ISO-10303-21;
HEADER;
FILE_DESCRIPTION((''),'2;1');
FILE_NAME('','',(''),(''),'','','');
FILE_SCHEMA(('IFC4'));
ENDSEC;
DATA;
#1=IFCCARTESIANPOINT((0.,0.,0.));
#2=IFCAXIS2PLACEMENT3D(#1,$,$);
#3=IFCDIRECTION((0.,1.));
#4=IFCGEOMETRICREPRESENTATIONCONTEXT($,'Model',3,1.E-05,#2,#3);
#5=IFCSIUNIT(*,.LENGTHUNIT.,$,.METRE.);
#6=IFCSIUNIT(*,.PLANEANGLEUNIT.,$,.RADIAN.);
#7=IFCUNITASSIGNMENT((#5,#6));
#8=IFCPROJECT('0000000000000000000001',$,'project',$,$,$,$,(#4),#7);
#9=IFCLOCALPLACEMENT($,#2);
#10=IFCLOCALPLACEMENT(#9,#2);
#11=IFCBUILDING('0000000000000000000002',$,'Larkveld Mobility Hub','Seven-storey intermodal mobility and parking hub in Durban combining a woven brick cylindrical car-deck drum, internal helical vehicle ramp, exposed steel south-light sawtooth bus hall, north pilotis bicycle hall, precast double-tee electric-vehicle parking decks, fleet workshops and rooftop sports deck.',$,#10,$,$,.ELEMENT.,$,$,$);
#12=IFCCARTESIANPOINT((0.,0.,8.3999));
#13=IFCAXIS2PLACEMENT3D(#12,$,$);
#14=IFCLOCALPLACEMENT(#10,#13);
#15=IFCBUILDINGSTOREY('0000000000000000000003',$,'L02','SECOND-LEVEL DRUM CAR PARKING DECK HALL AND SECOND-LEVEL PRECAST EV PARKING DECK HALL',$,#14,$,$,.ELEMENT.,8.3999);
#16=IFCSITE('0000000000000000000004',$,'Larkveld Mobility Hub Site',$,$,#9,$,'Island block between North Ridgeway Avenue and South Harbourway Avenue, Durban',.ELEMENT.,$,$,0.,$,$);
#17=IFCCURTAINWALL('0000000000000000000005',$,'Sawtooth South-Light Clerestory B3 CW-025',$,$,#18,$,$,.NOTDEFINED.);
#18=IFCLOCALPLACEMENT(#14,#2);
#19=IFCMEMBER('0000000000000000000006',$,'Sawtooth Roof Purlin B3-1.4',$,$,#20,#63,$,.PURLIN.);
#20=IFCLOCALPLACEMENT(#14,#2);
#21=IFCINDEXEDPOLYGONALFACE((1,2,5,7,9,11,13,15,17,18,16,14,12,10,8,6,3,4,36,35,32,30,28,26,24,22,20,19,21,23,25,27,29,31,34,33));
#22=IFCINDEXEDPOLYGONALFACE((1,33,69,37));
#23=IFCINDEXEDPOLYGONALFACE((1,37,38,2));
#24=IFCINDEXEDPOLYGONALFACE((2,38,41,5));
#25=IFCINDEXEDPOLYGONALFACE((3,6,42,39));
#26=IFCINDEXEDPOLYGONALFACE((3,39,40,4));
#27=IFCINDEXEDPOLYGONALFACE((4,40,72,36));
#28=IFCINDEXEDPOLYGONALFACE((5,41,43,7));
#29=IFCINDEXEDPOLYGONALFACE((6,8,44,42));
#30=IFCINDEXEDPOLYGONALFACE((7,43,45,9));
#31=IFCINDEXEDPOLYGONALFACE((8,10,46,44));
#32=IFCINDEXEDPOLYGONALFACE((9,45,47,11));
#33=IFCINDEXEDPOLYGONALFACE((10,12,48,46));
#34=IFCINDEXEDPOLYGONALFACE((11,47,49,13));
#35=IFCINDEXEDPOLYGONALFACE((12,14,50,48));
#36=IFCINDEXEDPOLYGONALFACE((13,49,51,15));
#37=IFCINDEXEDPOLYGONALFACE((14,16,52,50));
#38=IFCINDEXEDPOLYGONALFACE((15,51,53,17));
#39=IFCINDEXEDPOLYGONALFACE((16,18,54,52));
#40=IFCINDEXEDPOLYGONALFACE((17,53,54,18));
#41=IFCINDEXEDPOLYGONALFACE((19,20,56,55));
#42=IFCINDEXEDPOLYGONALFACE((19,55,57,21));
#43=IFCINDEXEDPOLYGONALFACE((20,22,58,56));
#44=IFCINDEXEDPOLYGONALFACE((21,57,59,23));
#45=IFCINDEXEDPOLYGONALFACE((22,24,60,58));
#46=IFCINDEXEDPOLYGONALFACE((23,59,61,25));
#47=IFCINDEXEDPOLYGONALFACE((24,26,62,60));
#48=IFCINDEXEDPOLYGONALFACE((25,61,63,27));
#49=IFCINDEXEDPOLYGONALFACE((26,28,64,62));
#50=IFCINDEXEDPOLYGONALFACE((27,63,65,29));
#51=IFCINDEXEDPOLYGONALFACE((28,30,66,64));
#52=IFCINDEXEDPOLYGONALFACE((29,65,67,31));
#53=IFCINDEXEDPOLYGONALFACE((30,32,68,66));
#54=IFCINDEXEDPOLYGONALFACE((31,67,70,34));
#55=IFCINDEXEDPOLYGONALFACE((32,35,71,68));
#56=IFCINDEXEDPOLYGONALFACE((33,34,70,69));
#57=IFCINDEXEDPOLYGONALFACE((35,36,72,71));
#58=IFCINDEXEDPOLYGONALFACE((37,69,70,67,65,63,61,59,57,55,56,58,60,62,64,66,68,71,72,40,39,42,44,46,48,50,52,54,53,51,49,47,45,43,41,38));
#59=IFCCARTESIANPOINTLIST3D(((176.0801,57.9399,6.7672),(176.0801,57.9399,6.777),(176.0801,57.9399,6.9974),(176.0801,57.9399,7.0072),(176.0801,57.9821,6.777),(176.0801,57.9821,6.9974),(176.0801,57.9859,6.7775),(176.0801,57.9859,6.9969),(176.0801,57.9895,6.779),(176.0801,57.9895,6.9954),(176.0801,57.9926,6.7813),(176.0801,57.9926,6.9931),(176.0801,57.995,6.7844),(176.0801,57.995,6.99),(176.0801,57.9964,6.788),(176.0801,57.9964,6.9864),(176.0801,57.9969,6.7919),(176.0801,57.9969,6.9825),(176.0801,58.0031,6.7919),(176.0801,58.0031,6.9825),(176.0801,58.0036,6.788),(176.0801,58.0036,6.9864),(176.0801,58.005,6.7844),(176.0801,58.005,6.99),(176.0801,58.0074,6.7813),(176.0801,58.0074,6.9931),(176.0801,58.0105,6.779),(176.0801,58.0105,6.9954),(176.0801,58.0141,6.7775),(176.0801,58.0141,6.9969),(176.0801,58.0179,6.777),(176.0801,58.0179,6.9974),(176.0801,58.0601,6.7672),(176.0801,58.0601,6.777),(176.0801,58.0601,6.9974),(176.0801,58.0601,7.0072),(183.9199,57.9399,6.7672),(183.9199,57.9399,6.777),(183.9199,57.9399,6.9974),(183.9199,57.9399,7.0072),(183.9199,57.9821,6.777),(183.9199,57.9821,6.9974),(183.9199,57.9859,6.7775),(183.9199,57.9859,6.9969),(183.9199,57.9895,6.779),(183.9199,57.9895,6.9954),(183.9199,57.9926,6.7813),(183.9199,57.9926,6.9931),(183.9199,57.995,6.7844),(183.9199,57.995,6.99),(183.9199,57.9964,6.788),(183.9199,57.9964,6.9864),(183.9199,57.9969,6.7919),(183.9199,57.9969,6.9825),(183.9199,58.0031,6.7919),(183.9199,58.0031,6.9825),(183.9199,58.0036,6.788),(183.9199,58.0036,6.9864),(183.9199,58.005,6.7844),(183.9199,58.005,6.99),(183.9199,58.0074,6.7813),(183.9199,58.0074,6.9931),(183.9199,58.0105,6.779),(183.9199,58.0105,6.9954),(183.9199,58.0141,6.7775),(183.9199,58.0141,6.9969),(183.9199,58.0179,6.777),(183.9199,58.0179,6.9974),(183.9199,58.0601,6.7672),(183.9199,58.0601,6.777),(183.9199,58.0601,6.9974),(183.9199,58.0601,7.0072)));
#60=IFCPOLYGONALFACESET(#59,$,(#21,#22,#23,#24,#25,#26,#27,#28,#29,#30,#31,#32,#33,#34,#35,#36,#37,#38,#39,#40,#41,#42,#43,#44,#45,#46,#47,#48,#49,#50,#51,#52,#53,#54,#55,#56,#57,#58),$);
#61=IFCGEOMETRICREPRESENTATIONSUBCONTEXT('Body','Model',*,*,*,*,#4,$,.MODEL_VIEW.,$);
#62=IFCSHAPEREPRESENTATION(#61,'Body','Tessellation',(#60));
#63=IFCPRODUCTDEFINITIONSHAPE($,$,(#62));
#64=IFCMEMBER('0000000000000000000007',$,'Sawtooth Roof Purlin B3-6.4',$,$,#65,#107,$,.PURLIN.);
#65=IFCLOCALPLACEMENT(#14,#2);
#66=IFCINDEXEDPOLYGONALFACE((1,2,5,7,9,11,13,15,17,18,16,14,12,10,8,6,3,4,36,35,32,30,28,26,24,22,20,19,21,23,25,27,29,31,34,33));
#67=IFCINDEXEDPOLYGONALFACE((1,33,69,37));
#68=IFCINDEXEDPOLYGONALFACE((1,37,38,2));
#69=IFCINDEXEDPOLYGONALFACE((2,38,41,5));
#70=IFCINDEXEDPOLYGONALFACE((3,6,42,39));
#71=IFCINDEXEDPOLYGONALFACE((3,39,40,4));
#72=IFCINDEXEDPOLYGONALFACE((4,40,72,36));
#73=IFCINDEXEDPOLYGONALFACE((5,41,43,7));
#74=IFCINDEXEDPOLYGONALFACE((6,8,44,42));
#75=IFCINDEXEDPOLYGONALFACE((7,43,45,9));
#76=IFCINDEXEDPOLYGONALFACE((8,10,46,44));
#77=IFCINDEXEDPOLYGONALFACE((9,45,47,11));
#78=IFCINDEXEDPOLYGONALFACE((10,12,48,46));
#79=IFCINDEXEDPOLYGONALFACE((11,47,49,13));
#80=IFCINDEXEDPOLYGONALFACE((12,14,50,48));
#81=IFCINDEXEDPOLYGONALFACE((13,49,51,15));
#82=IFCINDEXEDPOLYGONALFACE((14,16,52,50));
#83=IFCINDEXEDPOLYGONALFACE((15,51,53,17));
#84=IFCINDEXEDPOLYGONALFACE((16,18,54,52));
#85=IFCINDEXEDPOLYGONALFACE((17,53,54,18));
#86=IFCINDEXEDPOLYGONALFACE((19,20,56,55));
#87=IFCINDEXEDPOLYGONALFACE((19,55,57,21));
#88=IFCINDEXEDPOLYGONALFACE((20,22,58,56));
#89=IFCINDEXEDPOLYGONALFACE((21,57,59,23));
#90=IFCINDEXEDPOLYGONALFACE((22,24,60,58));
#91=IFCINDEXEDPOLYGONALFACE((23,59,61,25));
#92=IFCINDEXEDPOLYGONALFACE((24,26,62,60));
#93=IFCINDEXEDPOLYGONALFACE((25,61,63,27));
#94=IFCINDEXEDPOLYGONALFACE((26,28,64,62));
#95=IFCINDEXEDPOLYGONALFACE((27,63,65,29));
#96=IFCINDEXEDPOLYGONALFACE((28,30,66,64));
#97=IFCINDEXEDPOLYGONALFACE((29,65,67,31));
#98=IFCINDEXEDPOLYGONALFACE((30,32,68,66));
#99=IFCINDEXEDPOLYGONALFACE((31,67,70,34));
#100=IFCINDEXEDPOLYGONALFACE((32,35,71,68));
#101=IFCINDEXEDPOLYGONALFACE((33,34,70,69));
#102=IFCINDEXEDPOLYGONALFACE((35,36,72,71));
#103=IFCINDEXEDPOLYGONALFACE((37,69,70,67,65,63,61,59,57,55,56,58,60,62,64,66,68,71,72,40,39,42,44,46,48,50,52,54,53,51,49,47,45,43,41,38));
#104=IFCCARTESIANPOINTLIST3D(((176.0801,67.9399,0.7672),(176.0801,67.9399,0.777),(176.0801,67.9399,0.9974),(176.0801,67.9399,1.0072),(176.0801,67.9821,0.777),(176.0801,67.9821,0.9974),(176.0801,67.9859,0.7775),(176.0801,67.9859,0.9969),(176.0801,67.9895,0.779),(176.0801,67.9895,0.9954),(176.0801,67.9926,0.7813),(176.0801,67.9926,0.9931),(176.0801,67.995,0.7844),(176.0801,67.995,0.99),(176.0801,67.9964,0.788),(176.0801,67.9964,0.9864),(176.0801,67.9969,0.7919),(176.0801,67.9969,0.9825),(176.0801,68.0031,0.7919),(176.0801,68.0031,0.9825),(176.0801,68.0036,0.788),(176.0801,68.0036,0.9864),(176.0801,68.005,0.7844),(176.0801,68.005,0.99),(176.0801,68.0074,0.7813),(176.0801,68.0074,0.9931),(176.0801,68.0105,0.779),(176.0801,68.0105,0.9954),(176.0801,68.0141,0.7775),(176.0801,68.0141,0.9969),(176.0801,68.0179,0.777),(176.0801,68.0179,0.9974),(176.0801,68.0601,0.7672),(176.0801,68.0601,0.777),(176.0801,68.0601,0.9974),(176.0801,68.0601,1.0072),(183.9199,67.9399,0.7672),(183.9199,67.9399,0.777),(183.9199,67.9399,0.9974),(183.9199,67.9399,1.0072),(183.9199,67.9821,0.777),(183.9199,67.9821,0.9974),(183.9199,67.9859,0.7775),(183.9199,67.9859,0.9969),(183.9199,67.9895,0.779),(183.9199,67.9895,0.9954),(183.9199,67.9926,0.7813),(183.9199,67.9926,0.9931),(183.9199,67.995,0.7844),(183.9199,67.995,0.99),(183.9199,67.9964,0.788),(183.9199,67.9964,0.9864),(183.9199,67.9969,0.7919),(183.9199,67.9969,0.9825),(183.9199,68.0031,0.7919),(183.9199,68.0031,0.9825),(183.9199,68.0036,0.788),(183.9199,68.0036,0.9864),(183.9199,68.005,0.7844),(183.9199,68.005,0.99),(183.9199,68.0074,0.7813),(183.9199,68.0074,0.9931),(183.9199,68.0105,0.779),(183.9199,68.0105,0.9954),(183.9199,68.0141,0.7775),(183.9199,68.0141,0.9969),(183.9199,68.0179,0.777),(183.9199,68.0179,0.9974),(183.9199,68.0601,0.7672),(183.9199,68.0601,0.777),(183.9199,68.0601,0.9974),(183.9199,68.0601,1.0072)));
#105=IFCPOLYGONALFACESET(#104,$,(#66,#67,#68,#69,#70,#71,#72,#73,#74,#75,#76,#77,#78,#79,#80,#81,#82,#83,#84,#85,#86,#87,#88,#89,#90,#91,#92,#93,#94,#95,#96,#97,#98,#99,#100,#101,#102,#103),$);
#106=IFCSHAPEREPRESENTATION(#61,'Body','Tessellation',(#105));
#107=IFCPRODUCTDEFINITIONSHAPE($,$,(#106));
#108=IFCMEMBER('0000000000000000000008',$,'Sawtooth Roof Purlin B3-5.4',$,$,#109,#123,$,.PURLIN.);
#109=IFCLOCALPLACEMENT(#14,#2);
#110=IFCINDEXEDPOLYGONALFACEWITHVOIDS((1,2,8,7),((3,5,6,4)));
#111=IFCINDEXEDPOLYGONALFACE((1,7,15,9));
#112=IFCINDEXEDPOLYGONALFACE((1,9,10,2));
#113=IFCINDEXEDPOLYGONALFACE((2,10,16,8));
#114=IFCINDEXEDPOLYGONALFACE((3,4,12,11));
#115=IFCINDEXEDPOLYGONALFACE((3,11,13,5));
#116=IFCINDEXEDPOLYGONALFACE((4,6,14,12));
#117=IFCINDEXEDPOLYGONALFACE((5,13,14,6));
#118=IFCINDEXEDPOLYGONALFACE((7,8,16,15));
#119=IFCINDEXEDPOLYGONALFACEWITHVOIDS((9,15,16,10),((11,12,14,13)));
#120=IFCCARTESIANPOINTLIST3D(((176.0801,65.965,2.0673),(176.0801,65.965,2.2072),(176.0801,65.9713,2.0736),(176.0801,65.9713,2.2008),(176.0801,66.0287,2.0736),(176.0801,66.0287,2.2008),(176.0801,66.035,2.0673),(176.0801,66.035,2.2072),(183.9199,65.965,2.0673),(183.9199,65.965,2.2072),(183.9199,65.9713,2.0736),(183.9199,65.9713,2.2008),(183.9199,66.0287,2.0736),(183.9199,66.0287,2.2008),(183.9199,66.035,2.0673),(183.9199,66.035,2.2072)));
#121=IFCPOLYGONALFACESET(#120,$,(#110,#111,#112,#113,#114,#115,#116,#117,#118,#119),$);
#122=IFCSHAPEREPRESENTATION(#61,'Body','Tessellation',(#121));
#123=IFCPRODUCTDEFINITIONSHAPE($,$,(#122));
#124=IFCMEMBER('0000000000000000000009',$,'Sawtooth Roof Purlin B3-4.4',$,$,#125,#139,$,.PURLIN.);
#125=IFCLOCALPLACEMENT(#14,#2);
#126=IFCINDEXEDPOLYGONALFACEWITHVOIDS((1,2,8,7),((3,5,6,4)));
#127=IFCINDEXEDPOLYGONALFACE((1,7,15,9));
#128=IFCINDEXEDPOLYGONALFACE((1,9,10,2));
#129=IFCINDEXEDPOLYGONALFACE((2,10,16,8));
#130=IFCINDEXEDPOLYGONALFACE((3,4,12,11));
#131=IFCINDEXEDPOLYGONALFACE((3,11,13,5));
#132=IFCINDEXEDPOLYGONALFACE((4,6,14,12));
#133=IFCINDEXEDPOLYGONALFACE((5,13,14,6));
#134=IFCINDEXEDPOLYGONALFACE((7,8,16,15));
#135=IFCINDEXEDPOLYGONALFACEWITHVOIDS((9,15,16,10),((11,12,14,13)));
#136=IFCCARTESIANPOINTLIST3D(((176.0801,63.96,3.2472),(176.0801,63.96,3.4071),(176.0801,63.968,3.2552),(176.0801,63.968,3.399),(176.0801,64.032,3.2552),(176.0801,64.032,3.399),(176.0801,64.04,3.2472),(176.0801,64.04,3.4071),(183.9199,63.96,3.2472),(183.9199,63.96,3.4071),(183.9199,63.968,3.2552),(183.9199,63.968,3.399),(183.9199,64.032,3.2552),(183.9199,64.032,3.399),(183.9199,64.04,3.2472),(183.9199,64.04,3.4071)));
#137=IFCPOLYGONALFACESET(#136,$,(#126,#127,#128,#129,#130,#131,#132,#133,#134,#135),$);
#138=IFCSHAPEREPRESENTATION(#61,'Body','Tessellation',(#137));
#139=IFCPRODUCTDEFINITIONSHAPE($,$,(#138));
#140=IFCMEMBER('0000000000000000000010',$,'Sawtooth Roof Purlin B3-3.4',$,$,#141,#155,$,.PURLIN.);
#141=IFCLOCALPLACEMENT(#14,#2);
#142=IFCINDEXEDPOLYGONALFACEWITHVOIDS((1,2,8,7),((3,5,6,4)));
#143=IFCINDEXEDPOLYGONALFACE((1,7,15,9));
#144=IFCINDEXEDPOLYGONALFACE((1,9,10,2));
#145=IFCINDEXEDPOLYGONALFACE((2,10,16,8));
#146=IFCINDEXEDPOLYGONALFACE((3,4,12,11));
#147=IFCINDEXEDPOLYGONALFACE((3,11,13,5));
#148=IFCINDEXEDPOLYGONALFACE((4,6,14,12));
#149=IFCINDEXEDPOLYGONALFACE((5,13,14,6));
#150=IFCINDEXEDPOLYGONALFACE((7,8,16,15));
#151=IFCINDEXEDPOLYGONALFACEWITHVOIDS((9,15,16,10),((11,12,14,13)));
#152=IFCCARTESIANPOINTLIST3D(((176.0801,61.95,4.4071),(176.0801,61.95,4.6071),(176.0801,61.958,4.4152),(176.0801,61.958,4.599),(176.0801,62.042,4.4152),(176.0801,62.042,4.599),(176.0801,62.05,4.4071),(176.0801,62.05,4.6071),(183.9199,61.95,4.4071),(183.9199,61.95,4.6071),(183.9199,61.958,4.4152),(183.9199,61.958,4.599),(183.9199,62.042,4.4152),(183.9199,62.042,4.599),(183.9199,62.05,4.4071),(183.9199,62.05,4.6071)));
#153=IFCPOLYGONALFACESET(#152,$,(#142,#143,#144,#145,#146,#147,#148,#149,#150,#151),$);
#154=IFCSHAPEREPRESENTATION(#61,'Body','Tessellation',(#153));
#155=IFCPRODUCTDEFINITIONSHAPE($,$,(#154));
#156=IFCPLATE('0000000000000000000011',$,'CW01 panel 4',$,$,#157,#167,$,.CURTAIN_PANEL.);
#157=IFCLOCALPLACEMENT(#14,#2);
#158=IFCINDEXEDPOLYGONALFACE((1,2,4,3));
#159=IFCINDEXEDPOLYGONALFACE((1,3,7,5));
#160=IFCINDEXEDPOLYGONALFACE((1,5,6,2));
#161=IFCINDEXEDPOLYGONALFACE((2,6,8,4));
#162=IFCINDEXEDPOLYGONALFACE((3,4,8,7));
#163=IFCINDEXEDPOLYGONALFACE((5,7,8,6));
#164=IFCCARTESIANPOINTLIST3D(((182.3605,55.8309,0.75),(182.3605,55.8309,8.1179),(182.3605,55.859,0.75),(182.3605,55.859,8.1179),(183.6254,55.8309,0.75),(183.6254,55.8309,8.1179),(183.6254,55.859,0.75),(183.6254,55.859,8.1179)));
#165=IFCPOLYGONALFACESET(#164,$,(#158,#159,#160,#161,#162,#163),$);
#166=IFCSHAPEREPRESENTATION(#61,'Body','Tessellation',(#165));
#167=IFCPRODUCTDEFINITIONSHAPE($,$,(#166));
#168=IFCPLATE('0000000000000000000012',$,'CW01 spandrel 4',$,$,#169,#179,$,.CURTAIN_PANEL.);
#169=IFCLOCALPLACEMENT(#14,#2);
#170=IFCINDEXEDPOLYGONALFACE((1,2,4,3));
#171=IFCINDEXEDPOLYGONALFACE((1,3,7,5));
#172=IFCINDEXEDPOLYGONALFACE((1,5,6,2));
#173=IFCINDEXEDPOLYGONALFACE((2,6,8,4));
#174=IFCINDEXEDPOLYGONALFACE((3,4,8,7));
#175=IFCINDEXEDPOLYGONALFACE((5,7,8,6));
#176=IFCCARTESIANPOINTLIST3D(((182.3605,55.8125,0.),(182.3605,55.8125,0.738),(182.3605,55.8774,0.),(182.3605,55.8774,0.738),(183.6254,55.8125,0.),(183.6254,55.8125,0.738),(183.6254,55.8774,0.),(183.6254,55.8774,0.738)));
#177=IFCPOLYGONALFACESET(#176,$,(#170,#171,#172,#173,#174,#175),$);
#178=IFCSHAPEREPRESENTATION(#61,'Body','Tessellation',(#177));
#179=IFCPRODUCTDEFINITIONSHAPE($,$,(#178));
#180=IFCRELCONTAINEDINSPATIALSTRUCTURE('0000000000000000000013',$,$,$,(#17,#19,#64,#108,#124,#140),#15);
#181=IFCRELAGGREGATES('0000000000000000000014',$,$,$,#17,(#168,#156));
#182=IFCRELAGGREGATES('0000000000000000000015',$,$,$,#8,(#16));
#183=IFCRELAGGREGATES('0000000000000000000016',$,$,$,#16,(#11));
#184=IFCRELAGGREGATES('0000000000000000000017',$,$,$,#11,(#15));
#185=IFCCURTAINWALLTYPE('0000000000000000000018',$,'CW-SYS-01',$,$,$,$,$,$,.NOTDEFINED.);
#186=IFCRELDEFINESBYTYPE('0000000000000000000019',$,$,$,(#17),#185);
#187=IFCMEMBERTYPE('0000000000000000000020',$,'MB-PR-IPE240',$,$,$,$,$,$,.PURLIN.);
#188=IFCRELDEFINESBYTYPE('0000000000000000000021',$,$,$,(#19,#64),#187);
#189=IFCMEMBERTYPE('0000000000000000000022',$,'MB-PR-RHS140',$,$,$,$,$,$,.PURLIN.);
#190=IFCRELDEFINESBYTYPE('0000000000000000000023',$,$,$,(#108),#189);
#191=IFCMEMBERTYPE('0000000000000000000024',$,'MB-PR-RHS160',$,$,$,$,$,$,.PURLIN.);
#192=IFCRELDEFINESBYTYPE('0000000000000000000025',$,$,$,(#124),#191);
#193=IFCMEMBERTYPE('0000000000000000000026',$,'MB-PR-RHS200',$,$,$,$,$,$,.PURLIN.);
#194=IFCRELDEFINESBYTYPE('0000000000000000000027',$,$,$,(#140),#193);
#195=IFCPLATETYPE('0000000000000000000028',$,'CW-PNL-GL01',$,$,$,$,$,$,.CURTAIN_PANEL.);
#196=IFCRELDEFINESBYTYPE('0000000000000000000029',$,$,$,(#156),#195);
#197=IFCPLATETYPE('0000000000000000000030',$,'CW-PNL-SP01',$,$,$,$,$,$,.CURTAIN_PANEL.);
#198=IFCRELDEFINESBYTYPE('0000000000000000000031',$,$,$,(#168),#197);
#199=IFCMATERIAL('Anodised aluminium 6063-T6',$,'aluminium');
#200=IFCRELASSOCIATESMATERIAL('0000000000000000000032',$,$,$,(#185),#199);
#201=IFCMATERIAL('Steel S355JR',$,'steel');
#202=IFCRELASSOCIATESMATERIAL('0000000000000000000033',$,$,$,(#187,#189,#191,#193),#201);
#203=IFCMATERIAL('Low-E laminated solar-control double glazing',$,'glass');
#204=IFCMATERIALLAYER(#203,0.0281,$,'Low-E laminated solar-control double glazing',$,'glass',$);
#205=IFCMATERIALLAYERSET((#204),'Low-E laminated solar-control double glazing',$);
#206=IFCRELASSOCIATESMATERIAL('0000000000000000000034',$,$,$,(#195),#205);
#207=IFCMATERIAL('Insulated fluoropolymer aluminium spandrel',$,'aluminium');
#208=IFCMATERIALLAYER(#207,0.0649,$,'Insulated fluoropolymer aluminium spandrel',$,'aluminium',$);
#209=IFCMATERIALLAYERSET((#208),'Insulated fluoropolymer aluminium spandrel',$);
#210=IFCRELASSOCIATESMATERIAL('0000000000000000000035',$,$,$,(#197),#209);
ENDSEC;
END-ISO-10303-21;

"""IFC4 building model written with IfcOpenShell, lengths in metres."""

from ifc_helpers import new_model, si_unit, direction, frame, origin, origin_2d, place, context, subcontext, project, spatial, rectangle, hollow_rectangle, i_section, extrude, material, layer, layer_set, material_profile, profile_set, type_object, element, aggregate, save


model = new_model("IFC4")

# Units and contexts
model_context = context("Model", 3, precision=1e-05, world=origin(), true_north=direction((0.0, 1.0)))
body_context = subcontext(model_context, "Body", "Model", "MODEL_VIEW")
ifc_project = project(units=[si_unit("LENGTHUNIT", "METRE"), si_unit("PLANEANGLEUNIT", "RADIAN")], contexts=[model_context])

# Site, building, storey
site_placement = place(None, origin())
site = spatial("IfcSite", under=ifc_project, at=site_placement, Name="Larkveld Mobility Hub Site", LongName="Island block between North Ridgeway Avenue and South Harbourway Avenue, Durban", CompositionType="ELEMENT", RefElevation=0.0)
building_placement = place(site_placement, origin())
building = spatial("IfcBuilding", under=site, at=building_placement, Name="Larkveld Mobility Hub", Description="Seven-storey intermodal mobility and parking hub in Durban combining a woven brick cylindrical car-deck drum, internal helical vehicle ramp, exposed steel south-light sawtooth bus hall, north pilotis bicycle hall, precast double-tee electric-vehicle parking decks, fleet workshops and rooftop sports deck.", CompositionType="ELEMENT")
storey_placement = place(building_placement, frame((0.0, 0.0, 8.3999)))
storey = spatial("IfcBuildingStorey", under=building, at=storey_placement, Name="L02", Description="SECOND-LEVEL DRUM CAR PARKING DECK HALL AND SECOND-LEVEL PRECAST EV PARKING DECK HALL", CompositionType="ELEMENT", Elevation=8.3999)

# Shared definitions
ifc_material_1 = material(Name="Steel S355JR", Category="steel")

# Curtain wall
ifc_material_2 = material(Name="Anodised aluminium 6063-T6", Category="aluminium")
curtain_wall_type = type_object("IfcCurtainWallType", Name="CW-SYS-01", PredefinedType="NOTDEFINED", material=ifc_material_2)
curtain_wall_placement = place(storey_placement, origin())
curtain_wall = element("IfcCurtainWall", 1, at=curtain_wall_placement, inside=storey, type_object=curtain_wall_type, Name="Sawtooth South-Light Clerestory B3 CW-025", PredefinedType="NOTDEFINED")

# Members
ifc_material_profile_1 = material_profile(ifc_material_1, i_section(OverallWidth=0.1201, OverallDepth=0.24, WebThickness=0.0061, FlangeThickness=0.0098, FilletRadius=0.0149, at=origin_2d()), Name="IPE 240")
ifc_profile_set_1 = profile_set([ifc_material_profile_1], Name="Steel S355JR")
member_type_1 = type_object("IfcMemberType", Name="MB-PR-IPE240", PredefinedType="PURLIN", material=ifc_profile_set_1)
for number, where, z_axis, x_axis, name in (
    (2, (176.0801, 58.0, 6.8872), (1.0, 0.0, 0.0), (0.0, 1.0, 0.0), "Sawtooth Roof Purlin B3-1.4"),
    (3, (176.0801, 68.0, 0.8872), (1.0, 0.0, 0.0), (0.0, 1.0, 0.0), "Sawtooth Roof Purlin B3-6.4"),
):
    element("IfcMember", number, at=place(storey_placement, frame(where, z_axis=z_axis, x_axis=x_axis)), inside=storey, type_object=member_type_1, Name=name, PredefinedType="PURLIN", context=body_context, shape_type="SweptSolid", body=[
        extrude(i_section(OverallWidth=0.1201, OverallDepth=0.24, WebThickness=0.0061, FlangeThickness=0.0098, FilletRadius=0.0149, at=origin_2d()), origin(), (0.0, 0.0, 1.0), 7.8398),
    ])
ifc_material_profile_2 = material_profile(ifc_material_1, hollow_rectangle(XDim=0.0701, YDim=0.1399, WallThickness=0.0063, at=origin_2d()), Name="RHS 140x70x6.3")
ifc_profile_set_2 = profile_set([ifc_material_profile_2], Name="Steel S355JR")
member_type_2 = type_object("IfcMemberType", Name="MB-PR-RHS140", PredefinedType="PURLIN", material=ifc_profile_set_2)
member_1_placement = place(storey_placement, frame((176.0801, 66.0, 2.1372), z_axis=(1.0, 0.0, 0.0), x_axis=(0.0, 1.0, 0.0)))
element("IfcMember", 4, at=member_1_placement, inside=storey, type_object=member_type_2, Name="Sawtooth Roof Purlin B3-5.4", PredefinedType="PURLIN", context=body_context, shape_type="SweptSolid", body=[
    extrude(hollow_rectangle(XDim=0.0701, YDim=0.1399, WallThickness=0.0063, at=origin_2d()), origin(), (0.0, 0.0, 1.0), 7.8398),
])
ifc_material_profile_3 = material_profile(ifc_material_1, hollow_rectangle(XDim=0.0801, YDim=0.1599, WallThickness=0.0081, at=origin_2d()), Name="RHS 160x80x8")
ifc_profile_set_3 = profile_set([ifc_material_profile_3], Name="Steel S355JR")
member_type_3 = type_object("IfcMemberType", Name="MB-PR-RHS160", PredefinedType="PURLIN", material=ifc_profile_set_3)
member_2_placement = place(storey_placement, frame((176.0801, 64.0, 3.3271), z_axis=(1.0, 0.0, 0.0), x_axis=(0.0, 1.0, 0.0)))
element("IfcMember", 5, at=member_2_placement, inside=storey, type_object=member_type_3, Name="Sawtooth Roof Purlin B3-4.4", PredefinedType="PURLIN", context=body_context, shape_type="SweptSolid", body=[
    extrude(hollow_rectangle(XDim=0.0801, YDim=0.1599, WallThickness=0.0081, at=origin_2d()), origin(), (0.0, 0.0, 1.0), 7.8398),
])
ifc_material_profile_4 = material_profile(ifc_material_1, hollow_rectangle(XDim=0.1001, YDim=0.2, WallThickness=0.0081, at=origin_2d()), Name="RHS 200x100x8")
ifc_profile_set_4 = profile_set([ifc_material_profile_4], Name="Steel S355JR")
member_type_4 = type_object("IfcMemberType", Name="MB-PR-RHS200", PredefinedType="PURLIN", material=ifc_profile_set_4)
member_3_placement = place(storey_placement, frame((176.0801, 62.0, 4.5071), z_axis=(1.0, 0.0, 0.0), x_axis=(0.0, 1.0, 0.0)))
element("IfcMember", 6, at=member_3_placement, inside=storey, type_object=member_type_4, Name="Sawtooth Roof Purlin B3-3.4", PredefinedType="PURLIN", context=body_context, shape_type="SweptSolid", body=[
    extrude(hollow_rectangle(XDim=0.1001, YDim=0.2, WallThickness=0.0081, at=origin_2d()), origin(), (0.0, 0.0, 1.0), 7.8398),
])

# Plates
ifc_material_3 = material(Name="Low-E laminated solar-control double glazing", Category="glass")
ifc_layer_1 = layer(ifc_material_3, 0.0281, Name="Low-E laminated solar-control double glazing", Category="glass")
ifc_layer_set_1 = layer_set([ifc_layer_1], Name="Low-E laminated solar-control double glazing")
plate_type_1 = type_object("IfcPlateType", Name="CW-PNL-GL01", PredefinedType="CURTAIN_PANEL", material=ifc_layer_set_1)
plate_1_placement = place(storey_placement, frame((182.9929, 55.845, 0.75), z_axis=(0.0, 0.0, 1.0), x_axis=(1.0, 0.0, 0.0)))
plate_1 = element("IfcPlate", 7, at=plate_1_placement, type_object=plate_type_1, Name="CW01 panel 4", PredefinedType="CURTAIN_PANEL", context=body_context, shape_type="SweptSolid", body=[
    extrude(rectangle(XDim=1.2649, YDim=0.0281, at=origin_2d()), origin(), (0.0, 0.0, 1.0), 7.3679),
])
ifc_material_4 = material(Name="Insulated fluoropolymer aluminium spandrel", Category="aluminium")
ifc_layer_2 = layer(ifc_material_4, 0.0649, Name="Insulated fluoropolymer aluminium spandrel", Category="aluminium")
ifc_layer_set_2 = layer_set([ifc_layer_2], Name="Insulated fluoropolymer aluminium spandrel")
plate_type_2 = type_object("IfcPlateType", Name="CW-PNL-SP01", PredefinedType="CURTAIN_PANEL", material=ifc_layer_set_2)
plate_2_placement = place(storey_placement, frame((182.9929, 55.845, 0.0), z_axis=(0.0, 0.0, 1.0), x_axis=(1.0, 0.0, 0.0)))
plate_2 = element("IfcPlate", 8, at=plate_2_placement, type_object=plate_type_2, Name="CW01 spandrel 4", PredefinedType="CURTAIN_PANEL", context=body_context, shape_type="SweptSolid", body=[
    extrude(rectangle(XDim=1.2649, YDim=0.0649, at=origin_2d()), origin(), (0.0, 0.0, 1.0), 0.738),
])
aggregate(curtain_wall, [plate_2, plate_1])

save(model, "model.ifc")
